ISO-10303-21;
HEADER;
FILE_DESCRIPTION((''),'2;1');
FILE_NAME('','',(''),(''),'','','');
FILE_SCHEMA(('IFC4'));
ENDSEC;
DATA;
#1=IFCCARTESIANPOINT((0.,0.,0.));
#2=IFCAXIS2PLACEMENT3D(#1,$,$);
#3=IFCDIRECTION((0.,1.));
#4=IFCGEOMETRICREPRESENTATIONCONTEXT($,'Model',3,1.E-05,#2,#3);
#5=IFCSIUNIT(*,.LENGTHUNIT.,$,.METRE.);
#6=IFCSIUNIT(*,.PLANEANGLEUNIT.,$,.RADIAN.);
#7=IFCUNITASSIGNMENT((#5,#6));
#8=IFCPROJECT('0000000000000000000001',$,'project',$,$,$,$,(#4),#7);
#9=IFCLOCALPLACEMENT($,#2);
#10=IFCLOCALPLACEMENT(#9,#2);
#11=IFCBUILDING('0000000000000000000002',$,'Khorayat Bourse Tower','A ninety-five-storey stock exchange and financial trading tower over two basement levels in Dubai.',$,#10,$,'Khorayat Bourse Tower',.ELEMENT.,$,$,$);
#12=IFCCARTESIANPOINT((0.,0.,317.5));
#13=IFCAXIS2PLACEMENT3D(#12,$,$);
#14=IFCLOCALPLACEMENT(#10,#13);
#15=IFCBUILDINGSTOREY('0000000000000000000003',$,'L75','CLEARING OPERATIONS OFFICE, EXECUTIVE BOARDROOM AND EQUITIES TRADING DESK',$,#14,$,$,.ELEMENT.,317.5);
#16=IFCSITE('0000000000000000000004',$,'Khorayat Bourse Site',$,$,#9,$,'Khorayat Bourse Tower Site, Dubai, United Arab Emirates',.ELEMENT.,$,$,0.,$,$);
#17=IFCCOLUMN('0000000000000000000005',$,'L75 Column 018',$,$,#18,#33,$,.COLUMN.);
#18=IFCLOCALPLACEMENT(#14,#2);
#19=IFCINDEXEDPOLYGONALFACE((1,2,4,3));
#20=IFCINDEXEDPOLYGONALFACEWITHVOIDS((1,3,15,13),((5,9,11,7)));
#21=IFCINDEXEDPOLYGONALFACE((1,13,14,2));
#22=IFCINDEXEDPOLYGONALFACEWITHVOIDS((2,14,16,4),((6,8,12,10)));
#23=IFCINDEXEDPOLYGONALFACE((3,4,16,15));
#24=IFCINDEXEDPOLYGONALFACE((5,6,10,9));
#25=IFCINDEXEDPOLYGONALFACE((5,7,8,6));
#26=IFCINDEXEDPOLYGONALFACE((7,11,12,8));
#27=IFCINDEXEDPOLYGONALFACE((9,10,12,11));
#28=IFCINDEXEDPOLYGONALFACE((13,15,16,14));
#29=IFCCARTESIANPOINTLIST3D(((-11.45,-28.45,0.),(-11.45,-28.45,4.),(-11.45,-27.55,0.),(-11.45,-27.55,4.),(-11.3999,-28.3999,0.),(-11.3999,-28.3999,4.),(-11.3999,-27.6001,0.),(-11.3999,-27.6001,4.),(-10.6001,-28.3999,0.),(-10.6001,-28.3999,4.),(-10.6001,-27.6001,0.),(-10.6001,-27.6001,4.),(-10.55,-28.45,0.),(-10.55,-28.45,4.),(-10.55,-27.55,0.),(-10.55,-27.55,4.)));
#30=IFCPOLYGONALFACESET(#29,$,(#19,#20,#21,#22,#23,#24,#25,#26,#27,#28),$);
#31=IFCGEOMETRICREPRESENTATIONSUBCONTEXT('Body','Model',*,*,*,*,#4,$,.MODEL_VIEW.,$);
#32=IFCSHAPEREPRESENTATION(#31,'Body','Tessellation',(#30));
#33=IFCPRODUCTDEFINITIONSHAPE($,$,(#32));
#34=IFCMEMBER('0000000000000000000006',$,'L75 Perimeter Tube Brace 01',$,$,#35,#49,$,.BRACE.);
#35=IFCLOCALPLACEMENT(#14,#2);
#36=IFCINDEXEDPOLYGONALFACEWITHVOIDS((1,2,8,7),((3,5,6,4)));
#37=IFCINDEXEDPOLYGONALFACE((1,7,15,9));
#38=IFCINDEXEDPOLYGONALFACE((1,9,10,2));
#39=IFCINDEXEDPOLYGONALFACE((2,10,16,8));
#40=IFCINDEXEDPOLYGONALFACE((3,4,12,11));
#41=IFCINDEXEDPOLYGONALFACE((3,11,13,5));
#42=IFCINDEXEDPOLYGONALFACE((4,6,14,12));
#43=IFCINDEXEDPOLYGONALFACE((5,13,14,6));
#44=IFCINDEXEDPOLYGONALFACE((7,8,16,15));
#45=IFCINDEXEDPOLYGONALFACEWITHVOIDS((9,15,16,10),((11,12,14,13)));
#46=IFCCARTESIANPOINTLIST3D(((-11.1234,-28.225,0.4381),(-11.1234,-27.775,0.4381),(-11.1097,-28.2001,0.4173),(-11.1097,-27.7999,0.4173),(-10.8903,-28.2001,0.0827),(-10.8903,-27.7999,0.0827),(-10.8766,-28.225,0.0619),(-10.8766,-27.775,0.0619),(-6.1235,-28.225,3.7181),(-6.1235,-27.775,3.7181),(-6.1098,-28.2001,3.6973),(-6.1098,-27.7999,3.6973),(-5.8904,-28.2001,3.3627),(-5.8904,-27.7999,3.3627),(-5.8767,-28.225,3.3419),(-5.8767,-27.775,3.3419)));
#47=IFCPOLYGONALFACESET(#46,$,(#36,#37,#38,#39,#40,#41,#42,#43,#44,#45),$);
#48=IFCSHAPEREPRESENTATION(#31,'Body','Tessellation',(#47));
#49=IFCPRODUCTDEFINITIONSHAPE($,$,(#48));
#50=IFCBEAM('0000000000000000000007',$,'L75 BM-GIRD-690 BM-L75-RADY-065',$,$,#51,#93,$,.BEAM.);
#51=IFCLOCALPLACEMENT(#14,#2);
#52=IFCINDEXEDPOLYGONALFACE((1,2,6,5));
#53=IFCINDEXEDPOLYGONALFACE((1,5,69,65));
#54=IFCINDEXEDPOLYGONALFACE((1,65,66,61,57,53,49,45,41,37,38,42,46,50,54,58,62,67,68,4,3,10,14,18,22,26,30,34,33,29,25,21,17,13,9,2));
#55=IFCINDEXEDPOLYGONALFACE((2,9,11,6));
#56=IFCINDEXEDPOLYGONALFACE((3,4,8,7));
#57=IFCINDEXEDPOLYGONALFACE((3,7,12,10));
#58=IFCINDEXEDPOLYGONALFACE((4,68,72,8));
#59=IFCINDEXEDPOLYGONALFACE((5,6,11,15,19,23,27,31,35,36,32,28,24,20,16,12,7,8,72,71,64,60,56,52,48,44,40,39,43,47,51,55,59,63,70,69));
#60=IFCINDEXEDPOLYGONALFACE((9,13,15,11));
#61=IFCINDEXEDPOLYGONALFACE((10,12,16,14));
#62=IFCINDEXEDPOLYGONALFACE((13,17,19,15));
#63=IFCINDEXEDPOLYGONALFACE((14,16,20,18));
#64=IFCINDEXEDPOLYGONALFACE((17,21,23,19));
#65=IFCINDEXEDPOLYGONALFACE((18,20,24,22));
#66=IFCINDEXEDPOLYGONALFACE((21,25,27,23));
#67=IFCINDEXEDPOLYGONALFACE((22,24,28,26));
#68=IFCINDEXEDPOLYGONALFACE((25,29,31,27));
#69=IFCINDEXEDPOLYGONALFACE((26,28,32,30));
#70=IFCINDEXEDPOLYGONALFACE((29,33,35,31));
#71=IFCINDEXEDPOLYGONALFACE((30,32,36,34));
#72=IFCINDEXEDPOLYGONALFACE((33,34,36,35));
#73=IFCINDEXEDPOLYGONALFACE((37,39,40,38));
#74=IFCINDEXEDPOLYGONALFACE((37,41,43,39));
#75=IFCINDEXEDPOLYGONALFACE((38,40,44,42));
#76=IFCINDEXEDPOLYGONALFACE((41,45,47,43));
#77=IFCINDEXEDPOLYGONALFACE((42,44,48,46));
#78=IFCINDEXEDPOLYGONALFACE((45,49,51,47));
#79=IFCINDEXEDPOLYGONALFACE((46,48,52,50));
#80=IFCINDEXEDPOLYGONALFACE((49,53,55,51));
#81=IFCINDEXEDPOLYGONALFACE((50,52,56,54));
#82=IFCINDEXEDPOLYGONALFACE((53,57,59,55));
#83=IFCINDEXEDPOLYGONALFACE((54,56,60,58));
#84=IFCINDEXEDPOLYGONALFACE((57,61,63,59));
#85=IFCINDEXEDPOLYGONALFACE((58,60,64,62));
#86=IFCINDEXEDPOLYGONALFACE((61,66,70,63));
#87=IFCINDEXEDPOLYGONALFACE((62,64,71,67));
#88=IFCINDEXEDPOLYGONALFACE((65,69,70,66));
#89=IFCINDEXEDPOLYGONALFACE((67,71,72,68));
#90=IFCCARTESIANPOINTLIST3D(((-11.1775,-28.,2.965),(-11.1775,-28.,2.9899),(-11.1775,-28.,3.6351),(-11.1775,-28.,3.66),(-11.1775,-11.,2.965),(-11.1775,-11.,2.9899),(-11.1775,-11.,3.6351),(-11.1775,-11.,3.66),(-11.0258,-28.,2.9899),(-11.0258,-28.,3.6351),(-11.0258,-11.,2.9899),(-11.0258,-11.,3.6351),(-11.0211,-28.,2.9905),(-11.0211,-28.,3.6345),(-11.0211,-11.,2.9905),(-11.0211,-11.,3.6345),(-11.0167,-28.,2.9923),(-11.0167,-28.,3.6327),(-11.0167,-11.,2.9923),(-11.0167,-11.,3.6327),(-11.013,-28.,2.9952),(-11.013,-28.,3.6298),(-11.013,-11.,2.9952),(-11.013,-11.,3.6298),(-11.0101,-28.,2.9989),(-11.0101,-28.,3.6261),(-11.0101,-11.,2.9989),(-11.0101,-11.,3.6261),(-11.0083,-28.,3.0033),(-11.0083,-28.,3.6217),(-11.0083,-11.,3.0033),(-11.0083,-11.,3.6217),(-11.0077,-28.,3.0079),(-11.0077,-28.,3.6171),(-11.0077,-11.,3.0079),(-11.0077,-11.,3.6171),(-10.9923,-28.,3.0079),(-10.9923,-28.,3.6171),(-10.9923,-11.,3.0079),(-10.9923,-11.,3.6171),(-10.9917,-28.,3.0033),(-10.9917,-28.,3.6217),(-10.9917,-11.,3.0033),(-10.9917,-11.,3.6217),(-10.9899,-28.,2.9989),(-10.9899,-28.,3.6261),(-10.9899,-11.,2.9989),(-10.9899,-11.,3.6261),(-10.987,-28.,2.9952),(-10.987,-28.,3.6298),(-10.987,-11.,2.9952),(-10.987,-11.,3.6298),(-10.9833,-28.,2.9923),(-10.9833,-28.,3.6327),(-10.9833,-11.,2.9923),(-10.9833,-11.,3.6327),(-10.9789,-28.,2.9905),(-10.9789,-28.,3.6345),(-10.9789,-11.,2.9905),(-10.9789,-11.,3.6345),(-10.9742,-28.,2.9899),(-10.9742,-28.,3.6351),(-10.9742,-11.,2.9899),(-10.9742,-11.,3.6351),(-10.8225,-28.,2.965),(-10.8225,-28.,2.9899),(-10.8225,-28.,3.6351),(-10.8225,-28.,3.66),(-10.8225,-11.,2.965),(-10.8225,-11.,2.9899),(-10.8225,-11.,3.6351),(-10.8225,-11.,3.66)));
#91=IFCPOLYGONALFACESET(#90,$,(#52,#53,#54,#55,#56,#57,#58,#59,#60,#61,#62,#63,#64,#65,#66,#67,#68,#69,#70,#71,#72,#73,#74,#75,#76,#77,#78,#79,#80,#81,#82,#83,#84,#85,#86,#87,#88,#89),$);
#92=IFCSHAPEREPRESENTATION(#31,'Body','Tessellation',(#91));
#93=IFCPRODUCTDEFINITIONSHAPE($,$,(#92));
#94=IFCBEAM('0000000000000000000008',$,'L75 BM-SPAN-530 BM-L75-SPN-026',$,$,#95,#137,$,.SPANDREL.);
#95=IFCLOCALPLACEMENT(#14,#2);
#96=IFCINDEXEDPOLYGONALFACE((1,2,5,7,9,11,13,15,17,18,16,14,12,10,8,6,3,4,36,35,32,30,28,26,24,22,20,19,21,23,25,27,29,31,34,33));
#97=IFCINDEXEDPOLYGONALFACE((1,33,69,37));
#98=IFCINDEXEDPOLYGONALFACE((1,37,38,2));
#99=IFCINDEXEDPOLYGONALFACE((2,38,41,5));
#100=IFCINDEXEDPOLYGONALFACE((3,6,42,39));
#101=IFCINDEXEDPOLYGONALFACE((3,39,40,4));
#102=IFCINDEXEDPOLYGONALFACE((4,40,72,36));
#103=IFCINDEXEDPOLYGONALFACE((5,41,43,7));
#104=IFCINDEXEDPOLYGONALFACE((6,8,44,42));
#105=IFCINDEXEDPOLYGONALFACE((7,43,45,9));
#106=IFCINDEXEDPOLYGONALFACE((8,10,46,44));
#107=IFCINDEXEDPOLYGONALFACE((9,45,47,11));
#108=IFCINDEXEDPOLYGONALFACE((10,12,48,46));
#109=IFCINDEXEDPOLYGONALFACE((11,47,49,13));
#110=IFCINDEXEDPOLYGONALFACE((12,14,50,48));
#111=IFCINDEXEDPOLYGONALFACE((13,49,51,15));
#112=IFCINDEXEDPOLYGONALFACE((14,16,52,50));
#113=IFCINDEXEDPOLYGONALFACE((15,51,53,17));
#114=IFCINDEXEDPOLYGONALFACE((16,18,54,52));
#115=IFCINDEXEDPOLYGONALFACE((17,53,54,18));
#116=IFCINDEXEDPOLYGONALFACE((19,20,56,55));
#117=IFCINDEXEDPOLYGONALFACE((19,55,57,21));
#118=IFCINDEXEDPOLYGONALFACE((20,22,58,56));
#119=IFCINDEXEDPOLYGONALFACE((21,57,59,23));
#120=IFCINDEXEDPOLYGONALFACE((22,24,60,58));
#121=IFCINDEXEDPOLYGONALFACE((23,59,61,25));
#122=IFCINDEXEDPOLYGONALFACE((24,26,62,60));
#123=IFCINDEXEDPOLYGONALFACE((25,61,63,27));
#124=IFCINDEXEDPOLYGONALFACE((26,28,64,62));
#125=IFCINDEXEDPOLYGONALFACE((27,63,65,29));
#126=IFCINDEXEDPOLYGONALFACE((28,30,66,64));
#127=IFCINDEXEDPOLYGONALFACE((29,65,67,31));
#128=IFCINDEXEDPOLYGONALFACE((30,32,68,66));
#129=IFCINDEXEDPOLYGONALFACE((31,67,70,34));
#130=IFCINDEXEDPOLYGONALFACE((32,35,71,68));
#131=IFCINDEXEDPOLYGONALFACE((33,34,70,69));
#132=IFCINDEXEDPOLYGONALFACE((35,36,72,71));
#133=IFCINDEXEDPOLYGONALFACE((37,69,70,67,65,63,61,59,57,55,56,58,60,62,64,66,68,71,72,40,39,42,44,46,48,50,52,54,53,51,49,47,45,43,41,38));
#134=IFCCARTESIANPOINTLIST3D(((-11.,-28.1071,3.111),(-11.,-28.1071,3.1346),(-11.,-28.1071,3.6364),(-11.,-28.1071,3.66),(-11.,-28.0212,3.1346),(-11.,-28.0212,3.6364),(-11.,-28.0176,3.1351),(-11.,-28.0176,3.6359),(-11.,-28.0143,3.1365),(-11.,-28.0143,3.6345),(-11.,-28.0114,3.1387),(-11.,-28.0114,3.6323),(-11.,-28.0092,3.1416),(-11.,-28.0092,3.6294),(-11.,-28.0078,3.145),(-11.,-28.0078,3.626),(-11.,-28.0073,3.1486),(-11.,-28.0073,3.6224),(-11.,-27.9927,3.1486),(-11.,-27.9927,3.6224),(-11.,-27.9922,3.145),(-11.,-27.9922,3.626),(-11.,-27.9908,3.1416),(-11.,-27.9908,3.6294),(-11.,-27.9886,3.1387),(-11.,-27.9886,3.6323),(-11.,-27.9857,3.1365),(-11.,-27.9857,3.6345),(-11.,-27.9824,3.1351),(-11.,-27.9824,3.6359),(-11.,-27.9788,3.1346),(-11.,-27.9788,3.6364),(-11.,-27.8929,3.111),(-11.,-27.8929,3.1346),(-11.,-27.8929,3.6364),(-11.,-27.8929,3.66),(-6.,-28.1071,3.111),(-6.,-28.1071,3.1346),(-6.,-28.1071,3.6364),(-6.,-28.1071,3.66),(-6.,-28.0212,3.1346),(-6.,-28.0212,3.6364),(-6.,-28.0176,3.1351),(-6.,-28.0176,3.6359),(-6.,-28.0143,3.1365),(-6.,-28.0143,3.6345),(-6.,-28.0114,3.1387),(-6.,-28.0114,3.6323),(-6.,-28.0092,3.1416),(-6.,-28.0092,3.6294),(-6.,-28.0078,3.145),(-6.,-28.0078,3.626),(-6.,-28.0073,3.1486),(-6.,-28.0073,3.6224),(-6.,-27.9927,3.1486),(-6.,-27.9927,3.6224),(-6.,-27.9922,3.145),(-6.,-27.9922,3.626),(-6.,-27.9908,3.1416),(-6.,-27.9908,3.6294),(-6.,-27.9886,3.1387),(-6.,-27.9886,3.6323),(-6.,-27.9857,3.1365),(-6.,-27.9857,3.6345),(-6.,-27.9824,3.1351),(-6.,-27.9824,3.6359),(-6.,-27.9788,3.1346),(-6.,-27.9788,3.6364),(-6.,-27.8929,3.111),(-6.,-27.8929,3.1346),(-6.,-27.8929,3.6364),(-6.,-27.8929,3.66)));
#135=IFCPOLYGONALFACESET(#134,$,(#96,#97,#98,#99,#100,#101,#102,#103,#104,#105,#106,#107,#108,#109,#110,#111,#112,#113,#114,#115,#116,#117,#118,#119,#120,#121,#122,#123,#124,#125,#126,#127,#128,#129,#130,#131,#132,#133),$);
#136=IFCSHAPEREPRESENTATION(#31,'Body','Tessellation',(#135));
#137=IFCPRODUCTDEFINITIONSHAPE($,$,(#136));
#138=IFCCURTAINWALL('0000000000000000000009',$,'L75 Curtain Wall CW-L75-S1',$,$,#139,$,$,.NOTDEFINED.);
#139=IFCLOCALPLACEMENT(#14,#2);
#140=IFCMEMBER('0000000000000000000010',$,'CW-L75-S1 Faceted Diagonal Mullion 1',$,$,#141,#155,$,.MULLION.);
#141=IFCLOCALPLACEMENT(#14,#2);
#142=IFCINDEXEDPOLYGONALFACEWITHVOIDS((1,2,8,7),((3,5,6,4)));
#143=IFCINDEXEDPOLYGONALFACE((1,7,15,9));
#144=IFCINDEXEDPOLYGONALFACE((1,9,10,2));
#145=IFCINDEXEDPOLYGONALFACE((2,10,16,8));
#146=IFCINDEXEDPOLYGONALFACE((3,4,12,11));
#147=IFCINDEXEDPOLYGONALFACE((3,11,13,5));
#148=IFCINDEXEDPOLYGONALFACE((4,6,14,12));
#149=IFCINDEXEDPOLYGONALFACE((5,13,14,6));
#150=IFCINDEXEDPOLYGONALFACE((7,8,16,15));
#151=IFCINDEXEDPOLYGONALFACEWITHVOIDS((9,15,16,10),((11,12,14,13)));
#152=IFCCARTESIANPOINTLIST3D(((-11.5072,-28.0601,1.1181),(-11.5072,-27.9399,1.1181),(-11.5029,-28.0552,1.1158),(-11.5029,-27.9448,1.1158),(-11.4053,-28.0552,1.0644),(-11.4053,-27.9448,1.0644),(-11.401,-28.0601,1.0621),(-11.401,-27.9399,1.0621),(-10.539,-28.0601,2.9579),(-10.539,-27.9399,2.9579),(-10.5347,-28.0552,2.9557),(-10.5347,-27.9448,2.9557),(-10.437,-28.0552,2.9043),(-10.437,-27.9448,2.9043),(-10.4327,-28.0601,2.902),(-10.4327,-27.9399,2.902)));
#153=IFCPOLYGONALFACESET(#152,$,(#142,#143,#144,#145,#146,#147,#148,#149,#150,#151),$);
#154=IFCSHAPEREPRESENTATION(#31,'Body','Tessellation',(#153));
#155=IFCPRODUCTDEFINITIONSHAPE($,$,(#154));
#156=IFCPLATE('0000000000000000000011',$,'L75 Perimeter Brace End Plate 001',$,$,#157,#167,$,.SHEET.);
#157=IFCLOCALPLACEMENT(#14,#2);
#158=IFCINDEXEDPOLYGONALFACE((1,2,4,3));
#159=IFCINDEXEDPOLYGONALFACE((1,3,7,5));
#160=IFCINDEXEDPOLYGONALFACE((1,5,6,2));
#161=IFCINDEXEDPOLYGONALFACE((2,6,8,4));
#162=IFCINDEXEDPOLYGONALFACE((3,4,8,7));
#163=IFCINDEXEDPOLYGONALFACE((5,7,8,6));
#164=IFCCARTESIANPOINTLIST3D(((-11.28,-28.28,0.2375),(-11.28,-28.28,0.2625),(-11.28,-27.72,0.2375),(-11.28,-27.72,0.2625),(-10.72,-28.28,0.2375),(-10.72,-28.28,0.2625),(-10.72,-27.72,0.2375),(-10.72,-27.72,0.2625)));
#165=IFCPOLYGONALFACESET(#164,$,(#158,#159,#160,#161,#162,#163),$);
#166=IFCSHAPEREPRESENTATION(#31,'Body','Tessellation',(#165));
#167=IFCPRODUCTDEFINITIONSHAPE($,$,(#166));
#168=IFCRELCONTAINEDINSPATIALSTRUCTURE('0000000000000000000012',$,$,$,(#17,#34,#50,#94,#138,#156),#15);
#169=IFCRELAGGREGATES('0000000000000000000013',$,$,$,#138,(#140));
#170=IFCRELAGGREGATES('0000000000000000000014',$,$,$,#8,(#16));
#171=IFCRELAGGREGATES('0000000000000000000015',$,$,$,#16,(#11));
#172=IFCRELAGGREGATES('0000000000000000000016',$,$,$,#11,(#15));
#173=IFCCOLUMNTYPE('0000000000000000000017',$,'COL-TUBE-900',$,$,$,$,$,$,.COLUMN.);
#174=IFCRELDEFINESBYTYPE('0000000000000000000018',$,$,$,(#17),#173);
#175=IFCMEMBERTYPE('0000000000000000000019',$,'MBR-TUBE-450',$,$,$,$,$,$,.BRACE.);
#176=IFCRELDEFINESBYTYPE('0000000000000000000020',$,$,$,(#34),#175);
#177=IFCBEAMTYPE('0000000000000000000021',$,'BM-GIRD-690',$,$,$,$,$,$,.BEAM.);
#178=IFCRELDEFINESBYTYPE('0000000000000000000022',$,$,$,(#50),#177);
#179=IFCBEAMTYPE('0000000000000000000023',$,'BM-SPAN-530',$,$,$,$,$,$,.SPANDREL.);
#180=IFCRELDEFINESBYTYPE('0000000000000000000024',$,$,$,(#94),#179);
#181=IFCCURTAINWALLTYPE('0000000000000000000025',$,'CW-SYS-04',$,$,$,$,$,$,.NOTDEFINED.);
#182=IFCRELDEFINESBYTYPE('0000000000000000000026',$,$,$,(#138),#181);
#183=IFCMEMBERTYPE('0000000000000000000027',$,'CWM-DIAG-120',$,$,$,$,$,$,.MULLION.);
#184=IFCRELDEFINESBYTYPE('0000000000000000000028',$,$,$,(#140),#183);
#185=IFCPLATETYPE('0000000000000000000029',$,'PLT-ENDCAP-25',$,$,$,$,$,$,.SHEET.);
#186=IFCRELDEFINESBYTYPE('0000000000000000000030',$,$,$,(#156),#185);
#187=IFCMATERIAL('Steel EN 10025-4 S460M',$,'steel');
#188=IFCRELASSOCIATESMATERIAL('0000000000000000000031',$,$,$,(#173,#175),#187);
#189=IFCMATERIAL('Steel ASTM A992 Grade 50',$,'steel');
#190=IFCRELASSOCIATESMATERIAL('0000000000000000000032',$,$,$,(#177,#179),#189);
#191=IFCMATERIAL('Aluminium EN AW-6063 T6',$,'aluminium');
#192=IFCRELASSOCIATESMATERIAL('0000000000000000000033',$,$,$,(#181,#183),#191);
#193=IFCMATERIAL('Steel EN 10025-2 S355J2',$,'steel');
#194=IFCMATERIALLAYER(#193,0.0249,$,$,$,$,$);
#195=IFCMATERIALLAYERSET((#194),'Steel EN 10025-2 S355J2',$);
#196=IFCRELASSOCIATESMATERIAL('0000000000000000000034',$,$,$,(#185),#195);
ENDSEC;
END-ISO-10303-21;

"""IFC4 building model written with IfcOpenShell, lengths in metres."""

from ifc_helpers import new_model, si_unit, direction, frame, origin, origin_2d, place, context, subcontext, project, spatial, rectangle, hollow_rectangle, i_section, extrude, source, transform, mapped, material, layer, layer_set, material_profile, profile_set, type_object, element, aggregate, save


model = new_model("IFC4")

# Units and contexts
model_context = context("Model", 3, precision=1e-05, world=origin(), true_north=direction((0.0, 1.0)))
body_context = subcontext(model_context, "Body", "Model", "MODEL_VIEW")
ifc_project = project(units=[si_unit("LENGTHUNIT", "METRE"), si_unit("PLANEANGLEUNIT", "RADIAN")], contexts=[model_context])

# Site, building, storey
site_placement = place(None, origin())
site = spatial("IfcSite", under=ifc_project, at=site_placement, Name="Khorayat Bourse Site", LongName="Khorayat Bourse Tower Site, Dubai, United Arab Emirates", CompositionType="ELEMENT", RefElevation=0.0)
building_placement = place(site_placement, origin())
building = spatial("IfcBuilding", under=site, at=building_placement, Name="Khorayat Bourse Tower", Description="A ninety-five-storey stock exchange and financial trading tower over two basement levels in Dubai.", LongName="Khorayat Bourse Tower", CompositionType="ELEMENT")
storey_placement = place(building_placement, frame((0.0, 0.0, 317.5)))
storey = spatial("IfcBuildingStorey", under=building, at=storey_placement, Name="L75", Description="CLEARING OPERATIONS OFFICE, EXECUTIVE BOARDROOM AND EQUITIES TRADING DESK", CompositionType="ELEMENT", Elevation=317.5)

# Column
ifc_material_1 = material(Name="Steel EN 10025-4 S460M", Category="steel")
ifc_material_profile_1 = material_profile(ifc_material_1, hollow_rectangle(XDim=0.8999, YDim=0.8999, WallThickness=0.05, at=origin_2d()), Name="BOX 900x900x50")
ifc_profile_set_1 = profile_set([ifc_material_profile_1], Name="Steel EN 10025-4 S460M")
column_type = type_object("IfcColumnType", Name="COL-TUBE-900", PredefinedType="COLUMN", material=ifc_profile_set_1)
shared_shape_1 = source(origin(), body_context, "Body", "SweptSolid", [
    extrude(hollow_rectangle(XDim=0.8999, YDim=0.8999, WallThickness=0.05, at=origin_2d()), origin(), (0.0, 0.0, 1.0), 4.0),
])
column_placement = place(storey_placement, frame((-11.0, -28.0, 0.0), z_axis=(0.0, 0.0, 1.0), x_axis=(1.0, 0.0, 0.0)))
element("IfcColumn", 1, at=column_placement, inside=storey, type_object=column_type, Name="L75 Column 018", PredefinedType="COLUMN", context=body_context, shape_type="MappedRepresentation", body=[
    mapped(shared_shape_1, transform((0.0, 0.0, 0.0), scale=1.0)),
])

# Member
ifc_material_profile_2 = material_profile(ifc_material_1, hollow_rectangle(XDim=0.45, YDim=0.45, WallThickness=0.0249, at=origin_2d()), Name="HSS 450x450x25")
ifc_profile_set_2 = profile_set([ifc_material_profile_2], Name="Steel EN 10025-4 S460M")
member_type_1 = type_object("IfcMemberType", Name="MBR-TUBE-450", PredefinedType="BRACE", material=ifc_profile_set_2)
shared_shape_2 = source(origin(), body_context, "Body", "SweptSolid", [
    extrude(hollow_rectangle(XDim=0.45, YDim=0.45, WallThickness=0.0249, at=origin_2d()), origin(), (0.0, 0.0, 1.0), 5.9797),
])
member_1_placement = place(storey_placement, frame((-11.0, -28.0, 0.25), z_axis=(0.836142, 0.0, 0.548514), x_axis=(0.0, 1.0, 0.0)))
element("IfcMember", 2, at=member_1_placement, inside=storey, type_object=member_type_1, Name="L75 Perimeter Tube Brace 01", PredefinedType="BRACE", context=body_context, shape_type="MappedRepresentation", body=[
    mapped(shared_shape_2, transform((0.0, 0.0, 0.0), scale=1.0)),
])

# Beams
ifc_material_2 = material(Name="Steel ASTM A992 Grade 50", Category="steel")
ifc_material_profile_3 = material_profile(ifc_material_2, i_section(OverallWidth=0.355, OverallDepth=0.6951, WebThickness=0.0154, FlangeThickness=0.0249, FilletRadius=0.0181, at=origin_2d()), Name="W690X217")
ifc_profile_set_3 = profile_set([ifc_material_profile_3], Name="Steel ASTM A992 Grade 50")
beam_type_1 = type_object("IfcBeamType", Name="BM-GIRD-690", PredefinedType="BEAM", material=ifc_profile_set_3)
shared_shape_3 = source(origin(), body_context, "Body", "SweptSolid", [
    extrude(i_section(OverallWidth=0.355, OverallDepth=0.6951, WebThickness=0.0154, FlangeThickness=0.0249, FilletRadius=0.0181, at=origin_2d()), origin(), (0.0, 0.0, 1.0), 17.0),
])
beam_1_placement = place(storey_placement, frame((-11.0, -28.0, 3.3125), z_axis=(0.0, 1.0, 0.0), x_axis=(-1.0, 0.0, 0.0)))
element("IfcBeam", 3, at=beam_1_placement, inside=storey, type_object=beam_type_1, Name="L75 BM-GIRD-690 BM-L75-RADY-065", PredefinedType="BEAM", context=body_context, shape_type="MappedRepresentation", body=[
    mapped(shared_shape_3, transform((0.0, 0.0, 0.0), scale=1.0)),
])
ifc_material_profile_4 = material_profile(ifc_material_2, i_section(OverallWidth=0.2141, OverallDepth=0.5491, WebThickness=0.0146, FlangeThickness=0.0237, FilletRadius=0.0139, at=origin_2d()), Name="W530X138")
ifc_profile_set_4 = profile_set([ifc_material_profile_4], Name="Steel ASTM A992 Grade 50")
beam_type_2 = type_object("IfcBeamType", Name="BM-SPAN-530", PredefinedType="SPANDREL", material=ifc_profile_set_4)
shared_shape_4 = source(origin(), body_context, "Body", "SweptSolid", [
    extrude(i_section(OverallWidth=0.2141, OverallDepth=0.5491, WebThickness=0.0146, FlangeThickness=0.0237, FilletRadius=0.0139, at=origin_2d()), origin(), (0.0, 0.0, 1.0), 5.0),
])
beam_2_placement = place(storey_placement, frame((-11.0, -28.0, 3.3855), z_axis=(1.0, 0.0, 0.0), x_axis=(0.0, 1.0, 0.0)))
element("IfcBeam", 4, at=beam_2_placement, inside=storey, type_object=beam_type_2, Name="L75 BM-SPAN-530 BM-L75-SPN-026", PredefinedType="SPANDREL", context=body_context, shape_type="MappedRepresentation", body=[
    mapped(shared_shape_4, transform((0.0, 0.0, 0.0), scale=1.0)),
])

# Curtain wall, member
ifc_material_3 = material(Name="Aluminium EN AW-6063 T6", Category="aluminium")
curtain_wall_type = type_object("IfcCurtainWallType", Name="CW-SYS-04", PredefinedType="NOTDEFINED", material=ifc_material_3)
curtain_wall_placement = place(storey_placement, origin())
curtain_wall = element("IfcCurtainWall", 5, at=curtain_wall_placement, inside=storey, type_object=curtain_wall_type, Name="L75 Curtain Wall CW-L75-S1", PredefinedType="NOTDEFINED")
ifc_material_profile_5 = material_profile(ifc_material_3, hollow_rectangle(XDim=0.1201, YDim=0.1201, WallThickness=0.0049, at=origin_2d()), Name="ALU 120x120x5")
ifc_profile_set_5 = profile_set([ifc_material_profile_5], Name="Aluminium EN AW-6063 T6")
member_type_2 = type_object("IfcMemberType", Name="CWM-DIAG-120", PredefinedType="MULLION", material=ifc_profile_set_5)
shared_shape_5 = source(origin(), body_context, "Body", "SweptSolid", [
    extrude(hollow_rectangle(XDim=0.1201, YDim=0.1201, WallThickness=0.0049, at=origin_2d()), origin(), (0.0, 0.0, 1.0), 2.0791),
])
member_2_placement = place(storey_placement, frame((-11.4541, -28.0, 1.0901), z_axis=(0.465717, 0.0, 0.884934), x_axis=(0.0, 1.0, 0.0)))
member_2 = element("IfcMember", 6, at=member_2_placement, type_object=member_type_2, Name="CW-L75-S1 Faceted Diagonal Mullion 1", PredefinedType="MULLION", context=body_context, shape_type="MappedRepresentation", body=[
    mapped(shared_shape_5, transform((0.0, 0.0, 0.0), scale=1.0)),
])

# Plate
ifc_material_4 = material(Name="Steel EN 10025-2 S355J2", Category="steel")
ifc_layer_1 = layer(ifc_material_4, 0.0249)
ifc_layer_set_1 = layer_set([ifc_layer_1], Name="Steel EN 10025-2 S355J2")
plate_type_1 = type_object("IfcPlateType", Name="PLT-ENDCAP-25", PredefinedType="SHEET", material=ifc_layer_set_1)
shared_shape_6 = source(origin(), body_context, "Body", "SweptSolid", [
    extrude(rectangle(XDim=0.5601, YDim=0.5601, at=origin_2d()), origin(), (0.0, 0.0, 1.0), 0.0249),
])
plate_1_placement = place(storey_placement, frame((-11.0, -28.0, 0.2375), z_axis=(0.0, 0.0, 1.0), x_axis=(1.0, 0.0, 0.0)))
element("IfcPlate", 7, at=plate_1_placement, inside=storey, type_object=plate_type_1, Name="L75 Perimeter Brace End Plate 001", PredefinedType="SHEET", context=body_context, shape_type="MappedRepresentation", body=[
    mapped(shared_shape_6, transform((0.0, 0.0, 0.0), scale=1.0)),
])
aggregate(curtain_wall, [member_2])

save(model, "model.ifc")
